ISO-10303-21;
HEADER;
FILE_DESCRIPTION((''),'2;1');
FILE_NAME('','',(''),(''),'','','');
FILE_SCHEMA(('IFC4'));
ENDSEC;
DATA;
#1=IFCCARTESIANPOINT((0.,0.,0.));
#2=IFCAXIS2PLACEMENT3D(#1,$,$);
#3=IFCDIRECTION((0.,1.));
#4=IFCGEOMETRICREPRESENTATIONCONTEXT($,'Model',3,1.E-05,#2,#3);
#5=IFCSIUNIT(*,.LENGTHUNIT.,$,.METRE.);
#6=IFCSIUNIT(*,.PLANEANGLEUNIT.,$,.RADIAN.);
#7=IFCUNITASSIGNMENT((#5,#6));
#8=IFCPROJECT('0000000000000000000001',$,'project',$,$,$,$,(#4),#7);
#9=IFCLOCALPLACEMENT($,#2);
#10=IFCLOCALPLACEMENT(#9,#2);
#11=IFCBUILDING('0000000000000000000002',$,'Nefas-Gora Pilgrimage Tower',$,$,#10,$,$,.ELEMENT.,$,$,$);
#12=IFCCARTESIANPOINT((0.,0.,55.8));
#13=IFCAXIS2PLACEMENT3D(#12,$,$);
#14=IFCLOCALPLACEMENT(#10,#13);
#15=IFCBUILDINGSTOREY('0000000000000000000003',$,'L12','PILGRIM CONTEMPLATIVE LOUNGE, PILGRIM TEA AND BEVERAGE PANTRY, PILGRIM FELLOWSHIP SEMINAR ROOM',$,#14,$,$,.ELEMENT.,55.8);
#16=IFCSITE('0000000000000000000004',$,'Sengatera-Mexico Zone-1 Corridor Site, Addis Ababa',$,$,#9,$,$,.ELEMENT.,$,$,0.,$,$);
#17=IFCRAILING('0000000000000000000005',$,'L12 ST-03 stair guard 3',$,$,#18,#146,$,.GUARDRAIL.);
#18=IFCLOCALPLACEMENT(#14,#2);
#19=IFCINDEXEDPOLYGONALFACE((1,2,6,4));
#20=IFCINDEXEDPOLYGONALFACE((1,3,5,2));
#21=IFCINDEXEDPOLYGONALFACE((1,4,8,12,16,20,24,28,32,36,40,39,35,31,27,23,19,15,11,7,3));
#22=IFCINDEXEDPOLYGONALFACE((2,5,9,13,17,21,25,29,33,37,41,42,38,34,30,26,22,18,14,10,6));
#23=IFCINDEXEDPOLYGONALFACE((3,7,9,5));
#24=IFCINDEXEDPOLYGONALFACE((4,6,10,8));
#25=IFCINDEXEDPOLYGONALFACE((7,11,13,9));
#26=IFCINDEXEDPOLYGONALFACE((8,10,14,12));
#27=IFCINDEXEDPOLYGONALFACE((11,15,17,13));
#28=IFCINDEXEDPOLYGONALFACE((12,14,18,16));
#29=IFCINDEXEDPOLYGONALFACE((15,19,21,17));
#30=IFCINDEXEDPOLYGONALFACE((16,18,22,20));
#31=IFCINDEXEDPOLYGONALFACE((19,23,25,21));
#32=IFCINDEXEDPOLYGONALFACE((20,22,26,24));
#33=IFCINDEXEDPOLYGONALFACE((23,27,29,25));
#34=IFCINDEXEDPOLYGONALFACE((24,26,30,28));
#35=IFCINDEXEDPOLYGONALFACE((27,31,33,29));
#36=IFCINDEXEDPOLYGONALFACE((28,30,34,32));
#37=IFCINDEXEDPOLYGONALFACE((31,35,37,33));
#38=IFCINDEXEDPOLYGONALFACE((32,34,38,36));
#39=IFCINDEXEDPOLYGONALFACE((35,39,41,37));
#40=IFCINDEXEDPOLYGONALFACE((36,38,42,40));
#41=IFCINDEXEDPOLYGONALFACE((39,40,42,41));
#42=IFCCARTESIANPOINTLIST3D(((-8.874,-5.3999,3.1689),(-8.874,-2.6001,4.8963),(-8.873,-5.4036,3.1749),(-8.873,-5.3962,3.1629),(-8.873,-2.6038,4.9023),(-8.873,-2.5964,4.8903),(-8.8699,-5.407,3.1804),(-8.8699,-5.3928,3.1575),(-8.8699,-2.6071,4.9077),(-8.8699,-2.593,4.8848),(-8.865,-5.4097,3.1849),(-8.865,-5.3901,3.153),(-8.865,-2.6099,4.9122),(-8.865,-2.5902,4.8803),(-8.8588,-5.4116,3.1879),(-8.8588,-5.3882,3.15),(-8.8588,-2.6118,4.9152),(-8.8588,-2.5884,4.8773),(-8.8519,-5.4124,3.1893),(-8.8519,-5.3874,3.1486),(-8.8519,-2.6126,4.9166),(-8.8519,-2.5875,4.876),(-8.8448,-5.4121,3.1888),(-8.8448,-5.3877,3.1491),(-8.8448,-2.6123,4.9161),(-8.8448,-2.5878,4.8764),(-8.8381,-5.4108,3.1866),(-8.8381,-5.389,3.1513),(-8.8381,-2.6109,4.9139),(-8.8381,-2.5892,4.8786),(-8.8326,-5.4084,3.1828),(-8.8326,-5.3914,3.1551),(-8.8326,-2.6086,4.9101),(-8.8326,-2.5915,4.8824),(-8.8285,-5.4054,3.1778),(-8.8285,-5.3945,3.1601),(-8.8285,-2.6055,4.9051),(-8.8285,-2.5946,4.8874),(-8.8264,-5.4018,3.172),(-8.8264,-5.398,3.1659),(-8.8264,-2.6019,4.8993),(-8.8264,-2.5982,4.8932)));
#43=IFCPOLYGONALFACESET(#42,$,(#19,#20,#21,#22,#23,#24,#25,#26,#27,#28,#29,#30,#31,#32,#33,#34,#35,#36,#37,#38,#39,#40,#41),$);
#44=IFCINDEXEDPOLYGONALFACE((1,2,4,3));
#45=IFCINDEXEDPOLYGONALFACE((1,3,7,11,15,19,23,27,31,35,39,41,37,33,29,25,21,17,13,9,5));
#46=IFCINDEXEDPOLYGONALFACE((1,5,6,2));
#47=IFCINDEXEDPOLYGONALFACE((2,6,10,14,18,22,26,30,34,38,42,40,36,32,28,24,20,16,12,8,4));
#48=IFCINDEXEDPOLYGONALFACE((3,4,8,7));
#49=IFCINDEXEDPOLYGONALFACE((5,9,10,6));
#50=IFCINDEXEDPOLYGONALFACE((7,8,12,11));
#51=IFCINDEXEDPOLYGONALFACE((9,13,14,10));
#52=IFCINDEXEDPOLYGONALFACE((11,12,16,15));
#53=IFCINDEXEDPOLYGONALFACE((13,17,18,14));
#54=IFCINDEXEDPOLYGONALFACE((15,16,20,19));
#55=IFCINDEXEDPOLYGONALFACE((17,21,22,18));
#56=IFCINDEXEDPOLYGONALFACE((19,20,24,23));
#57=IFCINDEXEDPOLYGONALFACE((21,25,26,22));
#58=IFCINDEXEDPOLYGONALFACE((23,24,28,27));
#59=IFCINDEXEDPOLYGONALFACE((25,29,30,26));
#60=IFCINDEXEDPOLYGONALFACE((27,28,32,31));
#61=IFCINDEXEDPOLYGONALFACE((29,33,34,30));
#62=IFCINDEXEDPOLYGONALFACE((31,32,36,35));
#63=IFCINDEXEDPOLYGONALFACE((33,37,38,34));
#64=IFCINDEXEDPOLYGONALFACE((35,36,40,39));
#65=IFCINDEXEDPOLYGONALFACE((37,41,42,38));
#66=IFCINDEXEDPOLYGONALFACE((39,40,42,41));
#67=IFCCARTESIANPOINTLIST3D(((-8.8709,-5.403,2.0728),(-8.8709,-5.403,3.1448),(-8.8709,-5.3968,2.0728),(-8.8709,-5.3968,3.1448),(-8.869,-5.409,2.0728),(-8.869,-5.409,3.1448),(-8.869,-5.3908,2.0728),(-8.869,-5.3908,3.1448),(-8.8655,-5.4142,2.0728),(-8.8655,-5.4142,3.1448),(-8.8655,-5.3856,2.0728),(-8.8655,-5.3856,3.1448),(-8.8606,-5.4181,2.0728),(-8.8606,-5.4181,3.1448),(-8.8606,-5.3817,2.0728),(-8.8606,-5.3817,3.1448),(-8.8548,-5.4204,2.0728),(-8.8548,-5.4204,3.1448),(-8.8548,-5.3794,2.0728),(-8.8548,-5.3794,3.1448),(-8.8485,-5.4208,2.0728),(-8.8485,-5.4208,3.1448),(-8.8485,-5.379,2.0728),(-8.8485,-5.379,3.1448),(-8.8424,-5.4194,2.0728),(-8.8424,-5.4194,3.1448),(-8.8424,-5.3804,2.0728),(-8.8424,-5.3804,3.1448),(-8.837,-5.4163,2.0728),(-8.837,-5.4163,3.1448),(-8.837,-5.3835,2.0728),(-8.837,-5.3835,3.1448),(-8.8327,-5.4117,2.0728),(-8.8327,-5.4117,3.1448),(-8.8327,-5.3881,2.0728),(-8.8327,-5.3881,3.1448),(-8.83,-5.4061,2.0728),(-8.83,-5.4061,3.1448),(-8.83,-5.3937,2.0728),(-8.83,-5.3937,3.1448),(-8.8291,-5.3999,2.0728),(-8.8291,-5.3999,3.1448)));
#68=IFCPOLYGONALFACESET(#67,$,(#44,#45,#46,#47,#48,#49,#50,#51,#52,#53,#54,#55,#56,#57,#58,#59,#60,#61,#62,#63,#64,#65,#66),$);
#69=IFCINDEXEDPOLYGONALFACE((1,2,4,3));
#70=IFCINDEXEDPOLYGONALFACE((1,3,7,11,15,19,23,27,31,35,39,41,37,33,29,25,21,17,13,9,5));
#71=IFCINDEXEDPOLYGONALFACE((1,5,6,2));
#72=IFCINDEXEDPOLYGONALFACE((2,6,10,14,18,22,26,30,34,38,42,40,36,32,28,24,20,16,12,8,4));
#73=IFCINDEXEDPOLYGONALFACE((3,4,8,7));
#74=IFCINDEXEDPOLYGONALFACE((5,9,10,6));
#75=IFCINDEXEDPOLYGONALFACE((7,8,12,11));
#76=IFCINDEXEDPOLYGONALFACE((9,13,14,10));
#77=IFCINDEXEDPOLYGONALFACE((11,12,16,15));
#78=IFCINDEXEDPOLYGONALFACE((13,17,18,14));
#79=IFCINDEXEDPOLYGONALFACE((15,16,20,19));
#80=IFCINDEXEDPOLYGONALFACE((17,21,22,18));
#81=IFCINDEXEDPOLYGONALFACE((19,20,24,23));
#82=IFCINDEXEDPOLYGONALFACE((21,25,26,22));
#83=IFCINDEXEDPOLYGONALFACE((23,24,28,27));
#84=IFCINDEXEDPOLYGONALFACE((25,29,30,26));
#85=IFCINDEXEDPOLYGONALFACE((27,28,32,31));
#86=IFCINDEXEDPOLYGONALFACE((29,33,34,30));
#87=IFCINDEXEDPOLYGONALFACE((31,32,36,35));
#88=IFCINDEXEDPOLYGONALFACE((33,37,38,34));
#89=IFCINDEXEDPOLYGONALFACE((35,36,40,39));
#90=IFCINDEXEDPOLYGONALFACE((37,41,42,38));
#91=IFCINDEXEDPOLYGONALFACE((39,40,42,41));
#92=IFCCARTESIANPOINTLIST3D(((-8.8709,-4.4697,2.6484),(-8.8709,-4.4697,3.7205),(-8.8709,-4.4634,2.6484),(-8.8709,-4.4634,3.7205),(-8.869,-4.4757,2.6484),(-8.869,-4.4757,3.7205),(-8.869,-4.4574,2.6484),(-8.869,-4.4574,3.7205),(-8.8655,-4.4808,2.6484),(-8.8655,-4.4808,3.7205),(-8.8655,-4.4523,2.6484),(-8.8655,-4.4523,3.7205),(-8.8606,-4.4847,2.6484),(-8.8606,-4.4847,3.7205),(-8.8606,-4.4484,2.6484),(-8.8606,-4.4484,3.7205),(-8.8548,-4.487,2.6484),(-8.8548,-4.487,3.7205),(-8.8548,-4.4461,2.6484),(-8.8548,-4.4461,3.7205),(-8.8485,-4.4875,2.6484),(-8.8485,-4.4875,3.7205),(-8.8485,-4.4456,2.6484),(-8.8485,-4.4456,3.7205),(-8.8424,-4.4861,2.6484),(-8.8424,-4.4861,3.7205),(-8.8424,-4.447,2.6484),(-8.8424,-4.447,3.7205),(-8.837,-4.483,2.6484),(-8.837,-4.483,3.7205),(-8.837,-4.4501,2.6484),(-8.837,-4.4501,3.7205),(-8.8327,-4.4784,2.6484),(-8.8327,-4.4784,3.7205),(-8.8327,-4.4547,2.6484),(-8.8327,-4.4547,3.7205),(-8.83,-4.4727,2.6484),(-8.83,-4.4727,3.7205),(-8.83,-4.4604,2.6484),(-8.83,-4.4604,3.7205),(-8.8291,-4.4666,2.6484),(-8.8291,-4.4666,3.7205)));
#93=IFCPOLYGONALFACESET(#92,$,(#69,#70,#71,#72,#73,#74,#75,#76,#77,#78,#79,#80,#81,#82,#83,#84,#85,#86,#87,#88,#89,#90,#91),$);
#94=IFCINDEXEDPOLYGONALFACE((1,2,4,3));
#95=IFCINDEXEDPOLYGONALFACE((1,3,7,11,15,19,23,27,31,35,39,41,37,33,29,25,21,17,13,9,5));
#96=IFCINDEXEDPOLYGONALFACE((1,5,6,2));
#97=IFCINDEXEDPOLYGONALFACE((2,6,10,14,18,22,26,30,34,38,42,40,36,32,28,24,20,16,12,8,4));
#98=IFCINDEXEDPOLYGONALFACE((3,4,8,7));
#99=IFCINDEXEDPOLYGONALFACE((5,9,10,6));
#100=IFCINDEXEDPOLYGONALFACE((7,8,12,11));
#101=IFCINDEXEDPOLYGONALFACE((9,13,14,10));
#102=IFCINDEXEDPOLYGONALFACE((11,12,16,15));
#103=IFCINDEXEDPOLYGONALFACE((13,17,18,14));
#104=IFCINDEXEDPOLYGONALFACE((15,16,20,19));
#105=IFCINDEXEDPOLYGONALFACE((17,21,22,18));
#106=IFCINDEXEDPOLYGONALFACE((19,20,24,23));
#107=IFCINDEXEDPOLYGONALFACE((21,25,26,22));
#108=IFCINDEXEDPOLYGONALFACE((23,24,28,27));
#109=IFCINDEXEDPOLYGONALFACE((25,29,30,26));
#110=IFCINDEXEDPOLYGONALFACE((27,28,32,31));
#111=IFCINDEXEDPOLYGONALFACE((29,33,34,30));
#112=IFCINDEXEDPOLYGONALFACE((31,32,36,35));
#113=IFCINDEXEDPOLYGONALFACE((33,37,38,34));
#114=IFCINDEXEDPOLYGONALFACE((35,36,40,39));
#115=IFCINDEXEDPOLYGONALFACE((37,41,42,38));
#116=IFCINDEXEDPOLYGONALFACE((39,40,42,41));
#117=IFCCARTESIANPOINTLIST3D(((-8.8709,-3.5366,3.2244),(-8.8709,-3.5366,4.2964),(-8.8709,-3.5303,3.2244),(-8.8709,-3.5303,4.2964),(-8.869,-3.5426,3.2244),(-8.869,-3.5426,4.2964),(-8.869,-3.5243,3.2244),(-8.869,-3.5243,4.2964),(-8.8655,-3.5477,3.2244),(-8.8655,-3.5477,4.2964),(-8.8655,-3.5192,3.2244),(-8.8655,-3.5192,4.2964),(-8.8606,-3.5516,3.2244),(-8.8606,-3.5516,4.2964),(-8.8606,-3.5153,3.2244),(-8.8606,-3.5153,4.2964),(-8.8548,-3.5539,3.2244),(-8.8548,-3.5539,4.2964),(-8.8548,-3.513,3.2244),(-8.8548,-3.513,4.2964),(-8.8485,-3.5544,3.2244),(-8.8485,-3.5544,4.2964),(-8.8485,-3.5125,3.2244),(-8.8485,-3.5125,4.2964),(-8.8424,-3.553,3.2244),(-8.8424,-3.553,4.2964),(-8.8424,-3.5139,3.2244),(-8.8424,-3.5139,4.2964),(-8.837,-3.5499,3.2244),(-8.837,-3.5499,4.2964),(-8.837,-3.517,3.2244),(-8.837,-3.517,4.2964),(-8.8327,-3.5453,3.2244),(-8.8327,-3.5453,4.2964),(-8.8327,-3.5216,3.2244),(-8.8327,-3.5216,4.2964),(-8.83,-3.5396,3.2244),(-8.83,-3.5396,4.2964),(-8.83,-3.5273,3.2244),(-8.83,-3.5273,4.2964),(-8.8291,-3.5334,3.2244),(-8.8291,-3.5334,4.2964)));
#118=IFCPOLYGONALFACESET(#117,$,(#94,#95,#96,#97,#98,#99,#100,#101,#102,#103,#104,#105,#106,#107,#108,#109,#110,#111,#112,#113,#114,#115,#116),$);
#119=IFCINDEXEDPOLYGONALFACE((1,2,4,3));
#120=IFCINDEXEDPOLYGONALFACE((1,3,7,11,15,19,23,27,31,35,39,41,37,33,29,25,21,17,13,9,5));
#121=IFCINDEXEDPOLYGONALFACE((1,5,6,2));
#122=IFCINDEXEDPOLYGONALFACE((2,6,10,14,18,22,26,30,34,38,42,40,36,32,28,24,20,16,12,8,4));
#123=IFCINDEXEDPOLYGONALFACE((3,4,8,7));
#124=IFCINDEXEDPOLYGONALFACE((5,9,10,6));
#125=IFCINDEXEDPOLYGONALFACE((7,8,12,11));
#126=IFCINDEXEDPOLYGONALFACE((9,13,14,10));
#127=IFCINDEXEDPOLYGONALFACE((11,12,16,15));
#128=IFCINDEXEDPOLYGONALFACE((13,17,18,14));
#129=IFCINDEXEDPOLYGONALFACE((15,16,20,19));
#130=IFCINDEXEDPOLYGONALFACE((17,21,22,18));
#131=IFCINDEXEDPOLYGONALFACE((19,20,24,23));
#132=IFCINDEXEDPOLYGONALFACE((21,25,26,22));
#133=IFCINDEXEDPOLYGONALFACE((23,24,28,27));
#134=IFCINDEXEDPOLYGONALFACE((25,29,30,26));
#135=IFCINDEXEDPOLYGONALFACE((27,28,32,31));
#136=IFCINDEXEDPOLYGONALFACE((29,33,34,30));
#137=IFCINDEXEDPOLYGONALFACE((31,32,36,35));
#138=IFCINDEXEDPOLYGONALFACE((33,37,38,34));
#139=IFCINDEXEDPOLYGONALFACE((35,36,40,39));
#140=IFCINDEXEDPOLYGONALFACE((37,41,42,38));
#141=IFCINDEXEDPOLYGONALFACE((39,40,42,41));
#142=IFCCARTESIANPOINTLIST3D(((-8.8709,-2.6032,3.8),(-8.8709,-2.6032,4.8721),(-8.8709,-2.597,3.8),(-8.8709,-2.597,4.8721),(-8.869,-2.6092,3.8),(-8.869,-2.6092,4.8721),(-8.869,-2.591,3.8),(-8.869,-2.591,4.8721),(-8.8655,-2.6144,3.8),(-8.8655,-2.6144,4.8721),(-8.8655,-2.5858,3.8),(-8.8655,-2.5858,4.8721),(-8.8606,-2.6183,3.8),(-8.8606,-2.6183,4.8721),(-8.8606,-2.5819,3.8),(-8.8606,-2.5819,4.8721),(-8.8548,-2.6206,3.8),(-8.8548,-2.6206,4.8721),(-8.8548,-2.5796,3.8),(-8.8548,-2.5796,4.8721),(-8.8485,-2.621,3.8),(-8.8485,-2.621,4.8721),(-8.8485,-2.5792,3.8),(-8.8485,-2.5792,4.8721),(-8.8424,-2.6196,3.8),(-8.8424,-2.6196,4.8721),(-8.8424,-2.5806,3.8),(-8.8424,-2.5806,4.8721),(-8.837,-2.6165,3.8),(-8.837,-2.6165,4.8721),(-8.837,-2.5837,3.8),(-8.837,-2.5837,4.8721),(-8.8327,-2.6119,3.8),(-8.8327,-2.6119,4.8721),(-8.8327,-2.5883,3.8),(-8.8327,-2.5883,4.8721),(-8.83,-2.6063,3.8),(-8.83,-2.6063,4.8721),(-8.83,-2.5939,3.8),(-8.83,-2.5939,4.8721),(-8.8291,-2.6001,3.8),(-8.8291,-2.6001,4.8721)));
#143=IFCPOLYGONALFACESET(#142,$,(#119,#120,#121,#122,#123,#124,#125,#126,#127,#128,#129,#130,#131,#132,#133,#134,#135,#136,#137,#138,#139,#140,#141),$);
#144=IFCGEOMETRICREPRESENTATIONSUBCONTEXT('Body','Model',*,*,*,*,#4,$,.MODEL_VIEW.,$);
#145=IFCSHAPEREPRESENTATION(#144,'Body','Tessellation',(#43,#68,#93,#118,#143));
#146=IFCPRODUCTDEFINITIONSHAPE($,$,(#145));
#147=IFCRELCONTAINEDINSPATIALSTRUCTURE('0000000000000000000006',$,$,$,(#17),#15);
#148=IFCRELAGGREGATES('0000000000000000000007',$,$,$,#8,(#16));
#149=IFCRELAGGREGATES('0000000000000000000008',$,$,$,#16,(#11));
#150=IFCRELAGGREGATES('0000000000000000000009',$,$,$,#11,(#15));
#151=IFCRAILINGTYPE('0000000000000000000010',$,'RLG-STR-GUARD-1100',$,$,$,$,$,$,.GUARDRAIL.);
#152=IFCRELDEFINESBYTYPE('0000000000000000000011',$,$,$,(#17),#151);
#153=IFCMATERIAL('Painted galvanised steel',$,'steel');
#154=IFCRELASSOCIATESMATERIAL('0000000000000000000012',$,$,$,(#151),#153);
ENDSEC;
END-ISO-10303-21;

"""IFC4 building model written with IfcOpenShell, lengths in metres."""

from ifc_helpers import new_model, si_unit, direction, frame, origin, origin_2d, place, context, subcontext, project, spatial, circle, extrude, material, type_object, element, save


model = new_model("IFC4")

# Units and contexts
model_context = context("Model", 3, precision=1e-05, world=origin(), true_north=direction((0.0, 1.0)))
body_context = subcontext(model_context, "Body", "Model", "MODEL_VIEW")
ifc_project = project(units=[si_unit("LENGTHUNIT", "METRE"), si_unit("PLANEANGLEUNIT", "RADIAN")], contexts=[model_context])

# Site, building, storey
site_placement = place(None, origin())
site = spatial("IfcSite", under=ifc_project, at=site_placement, Name="Sengatera-Mexico Zone-1 Corridor Site, Addis Ababa", CompositionType="ELEMENT", RefElevation=0.0)
building_placement = place(site_placement, origin())
building = spatial("IfcBuilding", under=site, at=building_placement, Name="Nefas-Gora Pilgrimage Tower", CompositionType="ELEMENT")
storey_placement = place(building_placement, frame((0.0, 0.0, 55.8)))
storey = spatial("IfcBuildingStorey", under=building, at=storey_placement, Name="L12", Description="PILGRIM CONTEMPLATIVE LOUNGE, PILGRIM TEA AND BEVERAGE PANTRY, PILGRIM FELLOWSHIP SEMINAR ROOM", CompositionType="ELEMENT", Elevation=55.8)

# Railing
ifc_material_1 = material(Name="Painted galvanised steel", Category="steel")
railing_type_1 = type_object("IfcRailingType", Name="RLG-STR-GUARD-1100", PredefinedType="GUARDRAIL", material=ifc_material_1)
railing_1_placement = place(storey_placement, frame((-8.8501, -5.3999, 2.0728)))
element("IfcRailing", 1, at=railing_1_placement, inside=storey, type_object=railing_type_1, Name="L12 ST-03 stair guard 3", PredefinedType="GUARDRAIL", context=body_context, shape_type="SweptSolid", body=[
    extrude(circle(Radius=0.0239, at=origin_2d()), frame((0.0, 0.0, 1.0962), z_axis=(0.0, 0.851069, 0.525054), x_axis=(-1.0, 0.0, 0.0)), (0.0, 0.0, 1.0), 3.2898),
    extrude(circle(Radius=0.021, at=origin_2d()), origin(), (0.0, 0.0, 1.0), 1.072),
    extrude(circle(Radius=0.021, at=origin_2d()), frame((0.0, 0.9333, 0.5757)), (0.0, 0.0, 1.0), 1.072),
    extrude(circle(Radius=0.021, at=origin_2d()), frame((0.0, 1.8665, 1.1516)), (0.0, 0.0, 1.0), 1.072),
    extrude(circle(Radius=0.021, at=origin_2d()), frame((0.0, 2.7998, 1.7273)), (0.0, 0.0, 1.0), 1.072),
])

save(model, "model.ifc")
